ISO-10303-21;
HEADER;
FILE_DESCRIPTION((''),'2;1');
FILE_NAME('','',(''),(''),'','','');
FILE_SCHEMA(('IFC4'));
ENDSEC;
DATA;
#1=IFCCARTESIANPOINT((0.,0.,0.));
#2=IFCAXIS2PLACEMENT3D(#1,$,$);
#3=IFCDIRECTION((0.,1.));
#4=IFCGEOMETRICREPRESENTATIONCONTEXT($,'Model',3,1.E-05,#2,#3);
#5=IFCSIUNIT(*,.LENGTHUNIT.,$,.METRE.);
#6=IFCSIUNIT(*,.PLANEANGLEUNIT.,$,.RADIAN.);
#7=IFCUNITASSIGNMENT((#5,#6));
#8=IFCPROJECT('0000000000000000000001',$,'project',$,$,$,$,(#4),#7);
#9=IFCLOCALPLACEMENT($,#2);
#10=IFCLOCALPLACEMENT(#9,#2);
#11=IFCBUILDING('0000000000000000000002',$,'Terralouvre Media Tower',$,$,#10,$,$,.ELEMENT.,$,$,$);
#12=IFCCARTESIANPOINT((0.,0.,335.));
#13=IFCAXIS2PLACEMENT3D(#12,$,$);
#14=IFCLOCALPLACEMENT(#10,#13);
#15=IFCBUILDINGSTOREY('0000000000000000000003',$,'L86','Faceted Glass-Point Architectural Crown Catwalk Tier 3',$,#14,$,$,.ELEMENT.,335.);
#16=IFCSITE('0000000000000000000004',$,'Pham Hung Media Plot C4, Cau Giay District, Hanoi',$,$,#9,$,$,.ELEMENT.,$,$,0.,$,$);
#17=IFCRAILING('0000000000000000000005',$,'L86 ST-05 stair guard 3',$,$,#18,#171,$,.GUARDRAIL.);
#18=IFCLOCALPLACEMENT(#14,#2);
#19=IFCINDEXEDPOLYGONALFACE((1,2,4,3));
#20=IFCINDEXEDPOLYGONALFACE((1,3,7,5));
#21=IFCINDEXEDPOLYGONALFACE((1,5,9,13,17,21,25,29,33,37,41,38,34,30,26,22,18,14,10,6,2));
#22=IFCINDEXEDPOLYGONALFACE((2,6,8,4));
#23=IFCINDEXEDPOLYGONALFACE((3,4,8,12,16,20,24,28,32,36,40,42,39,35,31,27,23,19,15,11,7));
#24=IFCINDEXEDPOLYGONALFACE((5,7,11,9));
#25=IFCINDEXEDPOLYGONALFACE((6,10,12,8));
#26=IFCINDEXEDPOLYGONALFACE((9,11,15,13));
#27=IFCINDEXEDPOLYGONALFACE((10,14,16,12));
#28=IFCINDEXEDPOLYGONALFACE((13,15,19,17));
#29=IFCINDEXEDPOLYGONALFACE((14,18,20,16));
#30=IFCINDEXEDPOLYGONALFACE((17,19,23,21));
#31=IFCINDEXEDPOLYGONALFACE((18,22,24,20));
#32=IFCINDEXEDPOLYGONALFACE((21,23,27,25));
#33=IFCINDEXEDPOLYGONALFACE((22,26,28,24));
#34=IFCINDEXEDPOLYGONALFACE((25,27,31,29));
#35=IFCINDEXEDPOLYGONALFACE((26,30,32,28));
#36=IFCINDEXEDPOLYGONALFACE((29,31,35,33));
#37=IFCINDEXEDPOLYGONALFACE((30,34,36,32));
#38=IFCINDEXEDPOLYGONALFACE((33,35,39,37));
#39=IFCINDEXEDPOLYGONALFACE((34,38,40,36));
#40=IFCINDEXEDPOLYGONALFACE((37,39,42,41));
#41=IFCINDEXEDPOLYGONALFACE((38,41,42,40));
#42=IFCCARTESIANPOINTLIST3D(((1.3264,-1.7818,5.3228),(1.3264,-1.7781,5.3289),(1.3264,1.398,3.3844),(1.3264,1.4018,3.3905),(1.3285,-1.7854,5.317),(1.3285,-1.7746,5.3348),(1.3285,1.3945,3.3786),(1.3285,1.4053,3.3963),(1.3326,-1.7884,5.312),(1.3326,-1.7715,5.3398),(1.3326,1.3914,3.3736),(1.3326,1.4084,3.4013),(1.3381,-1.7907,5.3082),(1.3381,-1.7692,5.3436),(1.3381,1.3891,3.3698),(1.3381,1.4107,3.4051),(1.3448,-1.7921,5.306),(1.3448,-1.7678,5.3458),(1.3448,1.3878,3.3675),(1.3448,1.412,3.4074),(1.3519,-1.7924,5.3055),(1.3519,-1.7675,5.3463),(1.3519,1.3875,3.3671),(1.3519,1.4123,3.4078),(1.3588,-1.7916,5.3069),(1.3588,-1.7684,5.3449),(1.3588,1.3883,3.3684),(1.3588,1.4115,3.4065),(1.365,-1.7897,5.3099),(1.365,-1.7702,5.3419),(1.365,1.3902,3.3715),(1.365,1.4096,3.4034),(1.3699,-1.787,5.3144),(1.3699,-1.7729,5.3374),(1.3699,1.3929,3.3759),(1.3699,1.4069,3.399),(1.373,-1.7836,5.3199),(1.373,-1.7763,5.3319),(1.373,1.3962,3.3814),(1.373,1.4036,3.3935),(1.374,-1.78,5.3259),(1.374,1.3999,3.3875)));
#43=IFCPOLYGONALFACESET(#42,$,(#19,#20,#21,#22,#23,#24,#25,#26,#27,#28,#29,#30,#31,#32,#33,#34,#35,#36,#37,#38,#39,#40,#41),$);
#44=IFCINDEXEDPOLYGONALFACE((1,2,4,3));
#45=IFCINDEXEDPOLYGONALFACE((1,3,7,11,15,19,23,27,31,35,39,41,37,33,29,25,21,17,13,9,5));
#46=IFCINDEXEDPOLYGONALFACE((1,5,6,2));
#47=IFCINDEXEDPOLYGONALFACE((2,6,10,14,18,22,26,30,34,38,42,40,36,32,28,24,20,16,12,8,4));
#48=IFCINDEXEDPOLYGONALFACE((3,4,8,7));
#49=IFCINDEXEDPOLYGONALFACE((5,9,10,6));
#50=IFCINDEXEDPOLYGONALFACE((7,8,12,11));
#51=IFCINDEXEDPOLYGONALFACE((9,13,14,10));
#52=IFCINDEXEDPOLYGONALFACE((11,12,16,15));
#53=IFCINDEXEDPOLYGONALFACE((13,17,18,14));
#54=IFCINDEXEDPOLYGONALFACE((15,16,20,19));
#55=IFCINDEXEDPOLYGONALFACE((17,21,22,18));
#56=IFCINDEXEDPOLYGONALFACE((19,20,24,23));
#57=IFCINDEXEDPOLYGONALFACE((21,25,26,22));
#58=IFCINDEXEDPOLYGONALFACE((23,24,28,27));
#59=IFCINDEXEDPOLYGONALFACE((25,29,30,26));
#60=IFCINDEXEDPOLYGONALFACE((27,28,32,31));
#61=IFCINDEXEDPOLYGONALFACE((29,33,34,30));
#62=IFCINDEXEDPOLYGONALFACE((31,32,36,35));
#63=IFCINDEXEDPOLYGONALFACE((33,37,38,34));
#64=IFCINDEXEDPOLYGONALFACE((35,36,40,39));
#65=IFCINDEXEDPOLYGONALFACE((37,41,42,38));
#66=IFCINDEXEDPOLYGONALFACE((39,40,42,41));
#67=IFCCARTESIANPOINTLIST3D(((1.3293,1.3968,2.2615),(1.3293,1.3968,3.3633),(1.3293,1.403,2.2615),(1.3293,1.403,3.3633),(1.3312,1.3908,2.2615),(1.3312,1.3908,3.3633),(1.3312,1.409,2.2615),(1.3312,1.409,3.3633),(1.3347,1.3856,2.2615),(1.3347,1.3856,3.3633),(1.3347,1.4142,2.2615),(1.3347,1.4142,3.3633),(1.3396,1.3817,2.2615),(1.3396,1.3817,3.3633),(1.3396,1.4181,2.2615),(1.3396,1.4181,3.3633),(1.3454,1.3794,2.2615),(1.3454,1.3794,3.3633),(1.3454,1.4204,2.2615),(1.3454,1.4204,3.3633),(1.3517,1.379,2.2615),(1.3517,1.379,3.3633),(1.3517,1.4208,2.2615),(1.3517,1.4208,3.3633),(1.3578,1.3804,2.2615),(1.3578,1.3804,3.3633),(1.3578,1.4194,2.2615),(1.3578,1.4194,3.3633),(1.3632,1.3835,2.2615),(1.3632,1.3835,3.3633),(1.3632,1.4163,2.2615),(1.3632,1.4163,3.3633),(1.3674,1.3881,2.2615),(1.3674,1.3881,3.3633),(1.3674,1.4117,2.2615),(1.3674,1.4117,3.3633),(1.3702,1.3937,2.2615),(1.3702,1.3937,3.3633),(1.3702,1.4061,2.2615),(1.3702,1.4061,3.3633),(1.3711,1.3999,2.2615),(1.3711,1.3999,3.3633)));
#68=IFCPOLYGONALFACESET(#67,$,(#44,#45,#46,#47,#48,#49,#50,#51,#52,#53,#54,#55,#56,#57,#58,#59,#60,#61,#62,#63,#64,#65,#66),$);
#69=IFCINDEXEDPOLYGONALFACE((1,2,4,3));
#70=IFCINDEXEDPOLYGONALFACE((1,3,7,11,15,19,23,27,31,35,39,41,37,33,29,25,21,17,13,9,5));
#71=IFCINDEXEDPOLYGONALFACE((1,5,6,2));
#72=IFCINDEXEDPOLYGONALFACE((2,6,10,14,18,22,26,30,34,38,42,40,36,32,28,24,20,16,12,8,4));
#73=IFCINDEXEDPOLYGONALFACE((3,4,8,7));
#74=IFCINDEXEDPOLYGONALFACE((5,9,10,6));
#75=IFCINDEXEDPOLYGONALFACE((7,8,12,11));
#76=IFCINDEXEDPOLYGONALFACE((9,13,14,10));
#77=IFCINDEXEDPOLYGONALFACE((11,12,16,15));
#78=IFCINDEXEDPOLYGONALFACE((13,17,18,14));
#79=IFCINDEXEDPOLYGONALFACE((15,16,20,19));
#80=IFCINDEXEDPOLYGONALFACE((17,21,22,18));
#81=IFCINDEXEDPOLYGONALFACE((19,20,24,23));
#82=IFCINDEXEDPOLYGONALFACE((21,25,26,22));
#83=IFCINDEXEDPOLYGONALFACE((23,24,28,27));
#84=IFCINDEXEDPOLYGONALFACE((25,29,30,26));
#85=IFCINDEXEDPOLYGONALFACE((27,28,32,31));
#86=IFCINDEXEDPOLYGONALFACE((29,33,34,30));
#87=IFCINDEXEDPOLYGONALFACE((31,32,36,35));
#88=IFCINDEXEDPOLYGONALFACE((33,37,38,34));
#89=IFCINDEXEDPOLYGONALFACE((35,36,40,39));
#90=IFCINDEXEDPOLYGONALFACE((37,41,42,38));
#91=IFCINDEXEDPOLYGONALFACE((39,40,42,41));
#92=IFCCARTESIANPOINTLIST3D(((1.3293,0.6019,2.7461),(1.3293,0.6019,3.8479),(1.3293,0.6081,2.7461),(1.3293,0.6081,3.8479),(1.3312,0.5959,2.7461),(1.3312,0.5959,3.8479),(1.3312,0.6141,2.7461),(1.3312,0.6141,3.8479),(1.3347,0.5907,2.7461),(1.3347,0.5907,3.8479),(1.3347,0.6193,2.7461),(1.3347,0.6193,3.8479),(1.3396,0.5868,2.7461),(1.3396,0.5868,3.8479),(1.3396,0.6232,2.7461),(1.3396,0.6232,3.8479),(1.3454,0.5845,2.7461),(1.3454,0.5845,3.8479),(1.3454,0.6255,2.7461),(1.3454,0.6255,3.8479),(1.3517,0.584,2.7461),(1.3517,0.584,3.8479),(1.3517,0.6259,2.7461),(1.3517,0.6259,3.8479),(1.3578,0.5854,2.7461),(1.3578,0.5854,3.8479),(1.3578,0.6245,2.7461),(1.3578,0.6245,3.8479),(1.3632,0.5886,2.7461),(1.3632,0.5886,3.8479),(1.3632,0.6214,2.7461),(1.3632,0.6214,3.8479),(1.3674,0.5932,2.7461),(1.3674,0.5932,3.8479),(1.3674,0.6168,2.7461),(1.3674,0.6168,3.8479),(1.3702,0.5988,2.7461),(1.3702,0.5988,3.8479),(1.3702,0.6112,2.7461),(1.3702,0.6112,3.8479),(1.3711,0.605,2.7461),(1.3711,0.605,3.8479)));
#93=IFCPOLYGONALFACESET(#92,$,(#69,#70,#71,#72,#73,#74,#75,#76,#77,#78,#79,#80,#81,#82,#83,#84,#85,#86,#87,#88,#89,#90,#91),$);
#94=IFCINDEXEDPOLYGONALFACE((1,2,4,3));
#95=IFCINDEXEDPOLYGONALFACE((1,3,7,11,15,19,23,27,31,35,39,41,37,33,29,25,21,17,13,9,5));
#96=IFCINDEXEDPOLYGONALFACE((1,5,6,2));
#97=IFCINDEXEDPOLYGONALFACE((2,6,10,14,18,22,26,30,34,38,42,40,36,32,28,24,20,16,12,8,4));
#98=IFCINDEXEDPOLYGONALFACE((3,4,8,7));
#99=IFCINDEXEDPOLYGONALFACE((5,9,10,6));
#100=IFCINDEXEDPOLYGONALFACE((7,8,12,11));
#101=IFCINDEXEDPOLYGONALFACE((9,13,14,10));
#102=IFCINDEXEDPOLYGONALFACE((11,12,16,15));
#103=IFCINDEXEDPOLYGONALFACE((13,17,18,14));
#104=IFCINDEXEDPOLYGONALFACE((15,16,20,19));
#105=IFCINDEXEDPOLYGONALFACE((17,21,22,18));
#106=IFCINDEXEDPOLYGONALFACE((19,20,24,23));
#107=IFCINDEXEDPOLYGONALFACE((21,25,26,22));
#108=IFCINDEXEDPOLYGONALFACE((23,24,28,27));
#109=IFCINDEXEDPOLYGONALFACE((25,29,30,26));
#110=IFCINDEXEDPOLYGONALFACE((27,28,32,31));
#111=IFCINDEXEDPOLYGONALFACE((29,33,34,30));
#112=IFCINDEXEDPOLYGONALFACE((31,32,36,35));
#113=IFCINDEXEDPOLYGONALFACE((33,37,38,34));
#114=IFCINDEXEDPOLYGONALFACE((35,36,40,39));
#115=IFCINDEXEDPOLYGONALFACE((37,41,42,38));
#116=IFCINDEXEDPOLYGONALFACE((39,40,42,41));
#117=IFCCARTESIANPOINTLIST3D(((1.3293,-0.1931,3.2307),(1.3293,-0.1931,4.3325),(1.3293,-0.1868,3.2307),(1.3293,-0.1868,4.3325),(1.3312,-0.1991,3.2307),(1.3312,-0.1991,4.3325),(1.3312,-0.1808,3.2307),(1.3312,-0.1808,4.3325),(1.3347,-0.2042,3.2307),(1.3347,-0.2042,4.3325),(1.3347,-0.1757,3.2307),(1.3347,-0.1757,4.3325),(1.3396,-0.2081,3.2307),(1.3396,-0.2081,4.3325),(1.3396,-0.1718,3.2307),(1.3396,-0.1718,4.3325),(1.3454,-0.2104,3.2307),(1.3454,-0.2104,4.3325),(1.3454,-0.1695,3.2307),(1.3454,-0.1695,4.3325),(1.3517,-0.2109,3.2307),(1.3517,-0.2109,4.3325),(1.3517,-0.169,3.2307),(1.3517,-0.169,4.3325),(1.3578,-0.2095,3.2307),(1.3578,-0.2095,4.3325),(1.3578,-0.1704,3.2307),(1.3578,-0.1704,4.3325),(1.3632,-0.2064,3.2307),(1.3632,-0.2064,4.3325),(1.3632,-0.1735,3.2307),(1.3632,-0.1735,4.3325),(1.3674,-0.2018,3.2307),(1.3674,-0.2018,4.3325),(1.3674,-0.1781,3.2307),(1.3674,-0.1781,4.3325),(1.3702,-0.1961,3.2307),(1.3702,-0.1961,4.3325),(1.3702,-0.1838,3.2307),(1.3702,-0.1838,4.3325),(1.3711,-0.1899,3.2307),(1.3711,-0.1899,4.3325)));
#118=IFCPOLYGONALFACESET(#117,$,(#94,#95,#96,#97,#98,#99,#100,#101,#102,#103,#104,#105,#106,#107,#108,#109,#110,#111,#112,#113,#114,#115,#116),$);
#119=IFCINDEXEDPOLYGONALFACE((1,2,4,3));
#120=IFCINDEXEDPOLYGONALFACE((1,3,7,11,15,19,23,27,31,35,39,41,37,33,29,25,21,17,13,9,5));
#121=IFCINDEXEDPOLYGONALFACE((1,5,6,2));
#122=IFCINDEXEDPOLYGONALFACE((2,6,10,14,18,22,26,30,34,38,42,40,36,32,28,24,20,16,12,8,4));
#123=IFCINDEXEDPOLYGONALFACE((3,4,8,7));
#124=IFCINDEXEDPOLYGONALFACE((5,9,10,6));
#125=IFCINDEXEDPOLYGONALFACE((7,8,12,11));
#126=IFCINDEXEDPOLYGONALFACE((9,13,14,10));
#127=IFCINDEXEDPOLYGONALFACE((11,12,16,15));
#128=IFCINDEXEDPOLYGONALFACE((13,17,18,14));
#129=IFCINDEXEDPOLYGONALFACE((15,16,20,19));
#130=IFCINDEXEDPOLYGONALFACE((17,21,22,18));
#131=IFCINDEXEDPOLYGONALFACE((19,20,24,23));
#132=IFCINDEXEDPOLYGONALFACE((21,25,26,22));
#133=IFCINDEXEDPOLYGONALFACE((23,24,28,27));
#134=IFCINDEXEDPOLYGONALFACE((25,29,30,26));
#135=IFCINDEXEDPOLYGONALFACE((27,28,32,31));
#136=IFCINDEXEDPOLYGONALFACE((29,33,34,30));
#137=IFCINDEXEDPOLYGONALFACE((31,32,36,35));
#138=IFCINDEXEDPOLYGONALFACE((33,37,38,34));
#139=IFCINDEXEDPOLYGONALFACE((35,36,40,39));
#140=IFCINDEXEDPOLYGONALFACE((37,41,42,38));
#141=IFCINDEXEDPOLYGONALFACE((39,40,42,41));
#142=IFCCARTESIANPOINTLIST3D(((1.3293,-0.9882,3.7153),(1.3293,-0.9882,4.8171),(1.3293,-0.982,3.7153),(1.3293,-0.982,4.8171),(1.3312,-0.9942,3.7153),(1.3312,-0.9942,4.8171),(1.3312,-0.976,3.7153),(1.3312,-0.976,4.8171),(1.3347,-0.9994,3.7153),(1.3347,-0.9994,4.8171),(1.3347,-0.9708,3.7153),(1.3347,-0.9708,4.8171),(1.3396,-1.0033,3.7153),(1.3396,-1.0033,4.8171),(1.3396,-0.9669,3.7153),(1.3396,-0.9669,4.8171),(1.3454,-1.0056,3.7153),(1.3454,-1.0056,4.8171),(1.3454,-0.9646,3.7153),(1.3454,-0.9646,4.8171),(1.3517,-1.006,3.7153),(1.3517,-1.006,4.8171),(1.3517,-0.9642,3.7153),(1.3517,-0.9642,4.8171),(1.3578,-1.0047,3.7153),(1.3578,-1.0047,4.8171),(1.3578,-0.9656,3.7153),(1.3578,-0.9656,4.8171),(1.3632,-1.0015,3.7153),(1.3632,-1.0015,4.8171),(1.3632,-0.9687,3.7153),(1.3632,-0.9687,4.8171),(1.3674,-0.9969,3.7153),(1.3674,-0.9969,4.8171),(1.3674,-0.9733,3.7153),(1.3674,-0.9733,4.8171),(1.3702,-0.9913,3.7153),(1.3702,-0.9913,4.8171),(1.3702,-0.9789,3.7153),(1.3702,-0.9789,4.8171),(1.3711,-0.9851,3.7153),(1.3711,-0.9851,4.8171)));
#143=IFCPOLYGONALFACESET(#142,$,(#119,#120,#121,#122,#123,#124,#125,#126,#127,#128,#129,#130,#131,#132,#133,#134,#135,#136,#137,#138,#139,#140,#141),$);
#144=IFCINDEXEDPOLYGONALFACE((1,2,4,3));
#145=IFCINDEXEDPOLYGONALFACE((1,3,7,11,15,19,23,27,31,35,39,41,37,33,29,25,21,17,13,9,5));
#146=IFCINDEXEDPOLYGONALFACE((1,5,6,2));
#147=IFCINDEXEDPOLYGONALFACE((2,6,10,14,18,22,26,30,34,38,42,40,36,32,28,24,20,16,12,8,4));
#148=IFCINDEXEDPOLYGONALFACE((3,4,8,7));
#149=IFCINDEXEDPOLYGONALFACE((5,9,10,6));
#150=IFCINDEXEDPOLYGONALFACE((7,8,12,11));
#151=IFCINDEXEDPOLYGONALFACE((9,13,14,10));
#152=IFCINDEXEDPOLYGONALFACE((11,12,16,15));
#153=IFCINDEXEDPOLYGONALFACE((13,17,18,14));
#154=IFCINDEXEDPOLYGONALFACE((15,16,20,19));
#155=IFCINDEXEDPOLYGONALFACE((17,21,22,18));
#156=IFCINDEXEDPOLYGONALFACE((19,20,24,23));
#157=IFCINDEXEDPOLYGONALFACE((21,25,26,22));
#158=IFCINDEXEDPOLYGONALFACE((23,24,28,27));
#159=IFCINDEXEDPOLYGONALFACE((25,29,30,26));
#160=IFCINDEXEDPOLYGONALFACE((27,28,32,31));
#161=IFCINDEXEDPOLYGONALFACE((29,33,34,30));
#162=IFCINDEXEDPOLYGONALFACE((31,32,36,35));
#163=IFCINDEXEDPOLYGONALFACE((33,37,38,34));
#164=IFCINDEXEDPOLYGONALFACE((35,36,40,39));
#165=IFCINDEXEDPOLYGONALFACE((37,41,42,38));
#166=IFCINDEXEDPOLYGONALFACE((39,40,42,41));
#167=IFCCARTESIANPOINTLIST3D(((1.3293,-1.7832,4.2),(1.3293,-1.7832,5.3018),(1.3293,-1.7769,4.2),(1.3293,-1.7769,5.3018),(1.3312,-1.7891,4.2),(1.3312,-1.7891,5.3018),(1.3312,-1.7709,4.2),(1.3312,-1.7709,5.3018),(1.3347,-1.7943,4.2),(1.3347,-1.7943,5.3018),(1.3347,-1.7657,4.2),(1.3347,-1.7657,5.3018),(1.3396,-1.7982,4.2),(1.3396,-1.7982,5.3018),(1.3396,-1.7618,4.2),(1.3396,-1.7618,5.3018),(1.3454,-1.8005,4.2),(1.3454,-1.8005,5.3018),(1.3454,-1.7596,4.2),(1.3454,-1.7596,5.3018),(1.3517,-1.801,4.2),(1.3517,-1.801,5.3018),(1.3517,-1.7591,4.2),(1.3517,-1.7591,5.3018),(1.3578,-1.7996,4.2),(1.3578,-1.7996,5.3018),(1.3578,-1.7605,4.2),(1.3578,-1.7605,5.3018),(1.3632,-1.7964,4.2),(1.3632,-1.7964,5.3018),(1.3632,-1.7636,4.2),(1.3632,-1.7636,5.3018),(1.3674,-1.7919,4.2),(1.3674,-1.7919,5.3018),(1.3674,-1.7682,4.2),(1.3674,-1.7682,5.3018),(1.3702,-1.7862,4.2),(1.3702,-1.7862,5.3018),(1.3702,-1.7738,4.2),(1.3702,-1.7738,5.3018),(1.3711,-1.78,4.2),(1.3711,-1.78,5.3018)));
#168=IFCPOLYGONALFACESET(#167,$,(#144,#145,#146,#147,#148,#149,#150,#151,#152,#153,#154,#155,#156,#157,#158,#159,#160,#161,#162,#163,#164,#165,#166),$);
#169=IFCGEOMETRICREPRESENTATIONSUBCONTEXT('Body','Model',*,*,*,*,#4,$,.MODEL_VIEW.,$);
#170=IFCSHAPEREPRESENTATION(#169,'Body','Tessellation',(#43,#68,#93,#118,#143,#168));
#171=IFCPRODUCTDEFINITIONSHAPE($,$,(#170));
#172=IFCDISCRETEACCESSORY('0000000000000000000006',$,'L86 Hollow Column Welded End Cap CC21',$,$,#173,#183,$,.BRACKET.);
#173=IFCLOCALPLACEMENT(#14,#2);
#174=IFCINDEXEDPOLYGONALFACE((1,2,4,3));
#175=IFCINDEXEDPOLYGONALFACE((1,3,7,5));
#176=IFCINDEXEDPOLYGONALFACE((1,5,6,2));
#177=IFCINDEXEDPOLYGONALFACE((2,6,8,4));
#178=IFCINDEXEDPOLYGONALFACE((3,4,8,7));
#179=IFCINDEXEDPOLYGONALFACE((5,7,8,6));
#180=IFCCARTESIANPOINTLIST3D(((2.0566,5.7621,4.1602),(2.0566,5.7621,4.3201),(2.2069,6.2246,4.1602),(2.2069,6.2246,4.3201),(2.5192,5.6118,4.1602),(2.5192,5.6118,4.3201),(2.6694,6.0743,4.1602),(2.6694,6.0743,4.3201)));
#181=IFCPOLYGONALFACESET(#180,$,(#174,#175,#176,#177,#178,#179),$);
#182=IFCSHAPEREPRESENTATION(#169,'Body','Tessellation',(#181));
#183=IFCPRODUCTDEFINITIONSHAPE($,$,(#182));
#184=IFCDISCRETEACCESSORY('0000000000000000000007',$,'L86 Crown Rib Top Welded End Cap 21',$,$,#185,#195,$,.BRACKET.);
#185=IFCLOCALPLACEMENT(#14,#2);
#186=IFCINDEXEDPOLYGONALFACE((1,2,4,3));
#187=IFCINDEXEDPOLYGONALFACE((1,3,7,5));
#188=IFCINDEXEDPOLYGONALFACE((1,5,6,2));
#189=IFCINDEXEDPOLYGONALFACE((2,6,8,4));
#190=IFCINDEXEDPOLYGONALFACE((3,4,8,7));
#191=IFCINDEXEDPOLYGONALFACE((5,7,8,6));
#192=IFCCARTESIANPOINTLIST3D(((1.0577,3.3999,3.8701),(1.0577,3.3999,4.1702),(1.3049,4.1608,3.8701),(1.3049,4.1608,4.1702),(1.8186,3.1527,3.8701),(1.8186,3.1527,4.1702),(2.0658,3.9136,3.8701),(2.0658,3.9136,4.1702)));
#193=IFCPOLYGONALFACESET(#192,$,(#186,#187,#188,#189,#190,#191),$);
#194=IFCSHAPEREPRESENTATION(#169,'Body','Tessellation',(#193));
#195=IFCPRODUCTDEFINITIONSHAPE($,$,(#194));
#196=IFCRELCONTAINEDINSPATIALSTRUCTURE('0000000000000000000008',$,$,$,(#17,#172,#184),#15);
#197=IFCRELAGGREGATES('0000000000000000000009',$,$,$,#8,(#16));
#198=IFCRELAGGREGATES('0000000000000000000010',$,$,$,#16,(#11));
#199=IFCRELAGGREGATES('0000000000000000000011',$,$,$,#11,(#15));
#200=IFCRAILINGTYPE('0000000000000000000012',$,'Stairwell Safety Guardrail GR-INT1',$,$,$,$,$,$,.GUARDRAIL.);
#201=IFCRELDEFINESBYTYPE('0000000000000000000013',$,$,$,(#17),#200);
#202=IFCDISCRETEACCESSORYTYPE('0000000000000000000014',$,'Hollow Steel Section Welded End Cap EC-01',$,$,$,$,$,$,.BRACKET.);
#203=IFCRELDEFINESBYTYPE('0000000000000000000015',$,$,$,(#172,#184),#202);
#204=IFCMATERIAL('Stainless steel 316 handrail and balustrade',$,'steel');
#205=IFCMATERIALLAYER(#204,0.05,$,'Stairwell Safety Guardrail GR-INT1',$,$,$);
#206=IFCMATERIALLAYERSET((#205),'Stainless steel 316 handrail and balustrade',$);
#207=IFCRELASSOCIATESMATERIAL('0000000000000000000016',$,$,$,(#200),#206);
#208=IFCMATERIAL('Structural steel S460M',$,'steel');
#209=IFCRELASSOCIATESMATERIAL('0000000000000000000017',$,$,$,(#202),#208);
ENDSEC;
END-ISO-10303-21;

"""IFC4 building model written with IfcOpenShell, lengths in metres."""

from ifc_helpers import new_model, si_unit, direction, frame, origin, origin_2d, place, context, subcontext, project, spatial, rectangle, circle, extrude, material, layer, layer_set, type_object, element, save


model = new_model("IFC4")

# Units and contexts
model_context = context("Model", 3, precision=1e-05, world=origin(), true_north=direction((0.0, 1.0)))
body_context = subcontext(model_context, "Body", "Model", "MODEL_VIEW")
ifc_project = project(units=[si_unit("LENGTHUNIT", "METRE"), si_unit("PLANEANGLEUNIT", "RADIAN")], contexts=[model_context])

# Site, building, storey
site_placement = place(None, origin())
site = spatial("IfcSite", under=ifc_project, at=site_placement, Name="Pham Hung Media Plot C4, Cau Giay District, Hanoi", CompositionType="ELEMENT", RefElevation=0.0)
building_placement = place(site_placement, origin())
building = spatial("IfcBuilding", under=site, at=building_placement, Name="Terralouvre Media Tower", CompositionType="ELEMENT")
storey_placement = place(building_placement, frame((0.0, 0.0, 335.0)))
storey = spatial("IfcBuildingStorey", under=building, at=storey_placement, Name="L86", Description="Faceted Glass-Point Architectural Crown Catwalk Tier 3", CompositionType="ELEMENT", Elevation=335.0)

# Railing
ifc_material_1 = material(Name="Stainless steel 316 handrail and balustrade", Category="steel")
ifc_layer_1 = layer(ifc_material_1, 0.05, Name="Stairwell Safety Guardrail GR-INT1")
ifc_layer_set_1 = layer_set([ifc_layer_1], Name="Stainless steel 316 handrail and balustrade")
railing_type = type_object("IfcRailingType", Name="Stairwell Safety Guardrail GR-INT1", PredefinedType="GUARDRAIL", material=ifc_layer_set_1)
railing_1_placement = place(storey_placement, frame((1.3501, 1.3999, 2.2615)))
element("IfcRailing", 1, at=railing_1_placement, inside=storey, type_object=railing_type, Name="L86 ST-05 stair guard 3", PredefinedType="GUARDRAIL", context=body_context, shape_type="SweptSolid", body=[
    extrude(circle(Radius=0.0239, at=origin_2d()), frame((0.0, 0.0, 1.126), z_axis=(0.0, -0.853857, 0.520508), x_axis=(1.0, 0.0, 0.0)), (0.0, 0.0, 1.0), 3.7241),
    extrude(circle(Radius=0.021, at=origin_2d()), origin(), (0.0, 0.0, 1.0), 1.1018),
    extrude(circle(Radius=0.021, at=origin_2d()), frame((0.0, -0.7949, 0.4846)), (0.0, 0.0, 1.0), 1.1018),
    extrude(circle(Radius=0.021, at=origin_2d()), frame((0.0, -1.5898, 0.9692)), (0.0, 0.0, 1.0), 1.1018),
    extrude(circle(Radius=0.021, at=origin_2d()), frame((0.0, -2.385, 1.4539)), (0.0, 0.0, 1.0), 1.1018),
    extrude(circle(Radius=0.021, at=origin_2d()), frame((0.0, -3.1799, 1.9385)), (0.0, 0.0, 1.0), 1.1018),
])

# Discrete accessories
ifc_material_2 = material(Name="Structural steel S460M", Category="steel")
discrete_accessory_type = type_object("IfcDiscreteAccessoryType", Name="Hollow Steel Section Welded End Cap EC-01", PredefinedType="BRACKET", material=ifc_material_2)
discrete_accessory_1_placement = place(storey_placement, frame((2.363, 5.9182, 4.1602), z_axis=(0.0, 0.0, 1.0), x_axis=(0.309017, 0.951057, 0.0)))
element("IfcDiscreteAccessory", 2, at=discrete_accessory_1_placement, inside=storey, type_object=discrete_accessory_type, Name="L86 Hollow Column Welded End Cap CC21", PredefinedType="BRACKET", context=body_context, shape_type="SweptSolid", body=[
    extrude(rectangle(XDim=0.4863, YDim=0.4863, at=origin_2d()), origin(), (0.0, 0.0, 1.0), 0.1599),
])
discrete_accessory_2_placement = place(storey_placement, frame((1.5618, 3.6567, 3.8701), z_axis=(0.0, 0.0, 1.0), x_axis=(0.309017, 0.951057, 0.0)))
element("IfcDiscreteAccessory", 3, at=discrete_accessory_2_placement, inside=storey, type_object=discrete_accessory_type, Name="L86 Crown Rib Top Welded End Cap 21", PredefinedType="BRACKET", context=body_context, shape_type="SweptSolid", body=[
    extrude(rectangle(XDim=0.8, YDim=0.8, at=origin_2d()), origin(), (0.0, 0.0, 1.0), 0.3),
])

save(model, "model.ifc")
